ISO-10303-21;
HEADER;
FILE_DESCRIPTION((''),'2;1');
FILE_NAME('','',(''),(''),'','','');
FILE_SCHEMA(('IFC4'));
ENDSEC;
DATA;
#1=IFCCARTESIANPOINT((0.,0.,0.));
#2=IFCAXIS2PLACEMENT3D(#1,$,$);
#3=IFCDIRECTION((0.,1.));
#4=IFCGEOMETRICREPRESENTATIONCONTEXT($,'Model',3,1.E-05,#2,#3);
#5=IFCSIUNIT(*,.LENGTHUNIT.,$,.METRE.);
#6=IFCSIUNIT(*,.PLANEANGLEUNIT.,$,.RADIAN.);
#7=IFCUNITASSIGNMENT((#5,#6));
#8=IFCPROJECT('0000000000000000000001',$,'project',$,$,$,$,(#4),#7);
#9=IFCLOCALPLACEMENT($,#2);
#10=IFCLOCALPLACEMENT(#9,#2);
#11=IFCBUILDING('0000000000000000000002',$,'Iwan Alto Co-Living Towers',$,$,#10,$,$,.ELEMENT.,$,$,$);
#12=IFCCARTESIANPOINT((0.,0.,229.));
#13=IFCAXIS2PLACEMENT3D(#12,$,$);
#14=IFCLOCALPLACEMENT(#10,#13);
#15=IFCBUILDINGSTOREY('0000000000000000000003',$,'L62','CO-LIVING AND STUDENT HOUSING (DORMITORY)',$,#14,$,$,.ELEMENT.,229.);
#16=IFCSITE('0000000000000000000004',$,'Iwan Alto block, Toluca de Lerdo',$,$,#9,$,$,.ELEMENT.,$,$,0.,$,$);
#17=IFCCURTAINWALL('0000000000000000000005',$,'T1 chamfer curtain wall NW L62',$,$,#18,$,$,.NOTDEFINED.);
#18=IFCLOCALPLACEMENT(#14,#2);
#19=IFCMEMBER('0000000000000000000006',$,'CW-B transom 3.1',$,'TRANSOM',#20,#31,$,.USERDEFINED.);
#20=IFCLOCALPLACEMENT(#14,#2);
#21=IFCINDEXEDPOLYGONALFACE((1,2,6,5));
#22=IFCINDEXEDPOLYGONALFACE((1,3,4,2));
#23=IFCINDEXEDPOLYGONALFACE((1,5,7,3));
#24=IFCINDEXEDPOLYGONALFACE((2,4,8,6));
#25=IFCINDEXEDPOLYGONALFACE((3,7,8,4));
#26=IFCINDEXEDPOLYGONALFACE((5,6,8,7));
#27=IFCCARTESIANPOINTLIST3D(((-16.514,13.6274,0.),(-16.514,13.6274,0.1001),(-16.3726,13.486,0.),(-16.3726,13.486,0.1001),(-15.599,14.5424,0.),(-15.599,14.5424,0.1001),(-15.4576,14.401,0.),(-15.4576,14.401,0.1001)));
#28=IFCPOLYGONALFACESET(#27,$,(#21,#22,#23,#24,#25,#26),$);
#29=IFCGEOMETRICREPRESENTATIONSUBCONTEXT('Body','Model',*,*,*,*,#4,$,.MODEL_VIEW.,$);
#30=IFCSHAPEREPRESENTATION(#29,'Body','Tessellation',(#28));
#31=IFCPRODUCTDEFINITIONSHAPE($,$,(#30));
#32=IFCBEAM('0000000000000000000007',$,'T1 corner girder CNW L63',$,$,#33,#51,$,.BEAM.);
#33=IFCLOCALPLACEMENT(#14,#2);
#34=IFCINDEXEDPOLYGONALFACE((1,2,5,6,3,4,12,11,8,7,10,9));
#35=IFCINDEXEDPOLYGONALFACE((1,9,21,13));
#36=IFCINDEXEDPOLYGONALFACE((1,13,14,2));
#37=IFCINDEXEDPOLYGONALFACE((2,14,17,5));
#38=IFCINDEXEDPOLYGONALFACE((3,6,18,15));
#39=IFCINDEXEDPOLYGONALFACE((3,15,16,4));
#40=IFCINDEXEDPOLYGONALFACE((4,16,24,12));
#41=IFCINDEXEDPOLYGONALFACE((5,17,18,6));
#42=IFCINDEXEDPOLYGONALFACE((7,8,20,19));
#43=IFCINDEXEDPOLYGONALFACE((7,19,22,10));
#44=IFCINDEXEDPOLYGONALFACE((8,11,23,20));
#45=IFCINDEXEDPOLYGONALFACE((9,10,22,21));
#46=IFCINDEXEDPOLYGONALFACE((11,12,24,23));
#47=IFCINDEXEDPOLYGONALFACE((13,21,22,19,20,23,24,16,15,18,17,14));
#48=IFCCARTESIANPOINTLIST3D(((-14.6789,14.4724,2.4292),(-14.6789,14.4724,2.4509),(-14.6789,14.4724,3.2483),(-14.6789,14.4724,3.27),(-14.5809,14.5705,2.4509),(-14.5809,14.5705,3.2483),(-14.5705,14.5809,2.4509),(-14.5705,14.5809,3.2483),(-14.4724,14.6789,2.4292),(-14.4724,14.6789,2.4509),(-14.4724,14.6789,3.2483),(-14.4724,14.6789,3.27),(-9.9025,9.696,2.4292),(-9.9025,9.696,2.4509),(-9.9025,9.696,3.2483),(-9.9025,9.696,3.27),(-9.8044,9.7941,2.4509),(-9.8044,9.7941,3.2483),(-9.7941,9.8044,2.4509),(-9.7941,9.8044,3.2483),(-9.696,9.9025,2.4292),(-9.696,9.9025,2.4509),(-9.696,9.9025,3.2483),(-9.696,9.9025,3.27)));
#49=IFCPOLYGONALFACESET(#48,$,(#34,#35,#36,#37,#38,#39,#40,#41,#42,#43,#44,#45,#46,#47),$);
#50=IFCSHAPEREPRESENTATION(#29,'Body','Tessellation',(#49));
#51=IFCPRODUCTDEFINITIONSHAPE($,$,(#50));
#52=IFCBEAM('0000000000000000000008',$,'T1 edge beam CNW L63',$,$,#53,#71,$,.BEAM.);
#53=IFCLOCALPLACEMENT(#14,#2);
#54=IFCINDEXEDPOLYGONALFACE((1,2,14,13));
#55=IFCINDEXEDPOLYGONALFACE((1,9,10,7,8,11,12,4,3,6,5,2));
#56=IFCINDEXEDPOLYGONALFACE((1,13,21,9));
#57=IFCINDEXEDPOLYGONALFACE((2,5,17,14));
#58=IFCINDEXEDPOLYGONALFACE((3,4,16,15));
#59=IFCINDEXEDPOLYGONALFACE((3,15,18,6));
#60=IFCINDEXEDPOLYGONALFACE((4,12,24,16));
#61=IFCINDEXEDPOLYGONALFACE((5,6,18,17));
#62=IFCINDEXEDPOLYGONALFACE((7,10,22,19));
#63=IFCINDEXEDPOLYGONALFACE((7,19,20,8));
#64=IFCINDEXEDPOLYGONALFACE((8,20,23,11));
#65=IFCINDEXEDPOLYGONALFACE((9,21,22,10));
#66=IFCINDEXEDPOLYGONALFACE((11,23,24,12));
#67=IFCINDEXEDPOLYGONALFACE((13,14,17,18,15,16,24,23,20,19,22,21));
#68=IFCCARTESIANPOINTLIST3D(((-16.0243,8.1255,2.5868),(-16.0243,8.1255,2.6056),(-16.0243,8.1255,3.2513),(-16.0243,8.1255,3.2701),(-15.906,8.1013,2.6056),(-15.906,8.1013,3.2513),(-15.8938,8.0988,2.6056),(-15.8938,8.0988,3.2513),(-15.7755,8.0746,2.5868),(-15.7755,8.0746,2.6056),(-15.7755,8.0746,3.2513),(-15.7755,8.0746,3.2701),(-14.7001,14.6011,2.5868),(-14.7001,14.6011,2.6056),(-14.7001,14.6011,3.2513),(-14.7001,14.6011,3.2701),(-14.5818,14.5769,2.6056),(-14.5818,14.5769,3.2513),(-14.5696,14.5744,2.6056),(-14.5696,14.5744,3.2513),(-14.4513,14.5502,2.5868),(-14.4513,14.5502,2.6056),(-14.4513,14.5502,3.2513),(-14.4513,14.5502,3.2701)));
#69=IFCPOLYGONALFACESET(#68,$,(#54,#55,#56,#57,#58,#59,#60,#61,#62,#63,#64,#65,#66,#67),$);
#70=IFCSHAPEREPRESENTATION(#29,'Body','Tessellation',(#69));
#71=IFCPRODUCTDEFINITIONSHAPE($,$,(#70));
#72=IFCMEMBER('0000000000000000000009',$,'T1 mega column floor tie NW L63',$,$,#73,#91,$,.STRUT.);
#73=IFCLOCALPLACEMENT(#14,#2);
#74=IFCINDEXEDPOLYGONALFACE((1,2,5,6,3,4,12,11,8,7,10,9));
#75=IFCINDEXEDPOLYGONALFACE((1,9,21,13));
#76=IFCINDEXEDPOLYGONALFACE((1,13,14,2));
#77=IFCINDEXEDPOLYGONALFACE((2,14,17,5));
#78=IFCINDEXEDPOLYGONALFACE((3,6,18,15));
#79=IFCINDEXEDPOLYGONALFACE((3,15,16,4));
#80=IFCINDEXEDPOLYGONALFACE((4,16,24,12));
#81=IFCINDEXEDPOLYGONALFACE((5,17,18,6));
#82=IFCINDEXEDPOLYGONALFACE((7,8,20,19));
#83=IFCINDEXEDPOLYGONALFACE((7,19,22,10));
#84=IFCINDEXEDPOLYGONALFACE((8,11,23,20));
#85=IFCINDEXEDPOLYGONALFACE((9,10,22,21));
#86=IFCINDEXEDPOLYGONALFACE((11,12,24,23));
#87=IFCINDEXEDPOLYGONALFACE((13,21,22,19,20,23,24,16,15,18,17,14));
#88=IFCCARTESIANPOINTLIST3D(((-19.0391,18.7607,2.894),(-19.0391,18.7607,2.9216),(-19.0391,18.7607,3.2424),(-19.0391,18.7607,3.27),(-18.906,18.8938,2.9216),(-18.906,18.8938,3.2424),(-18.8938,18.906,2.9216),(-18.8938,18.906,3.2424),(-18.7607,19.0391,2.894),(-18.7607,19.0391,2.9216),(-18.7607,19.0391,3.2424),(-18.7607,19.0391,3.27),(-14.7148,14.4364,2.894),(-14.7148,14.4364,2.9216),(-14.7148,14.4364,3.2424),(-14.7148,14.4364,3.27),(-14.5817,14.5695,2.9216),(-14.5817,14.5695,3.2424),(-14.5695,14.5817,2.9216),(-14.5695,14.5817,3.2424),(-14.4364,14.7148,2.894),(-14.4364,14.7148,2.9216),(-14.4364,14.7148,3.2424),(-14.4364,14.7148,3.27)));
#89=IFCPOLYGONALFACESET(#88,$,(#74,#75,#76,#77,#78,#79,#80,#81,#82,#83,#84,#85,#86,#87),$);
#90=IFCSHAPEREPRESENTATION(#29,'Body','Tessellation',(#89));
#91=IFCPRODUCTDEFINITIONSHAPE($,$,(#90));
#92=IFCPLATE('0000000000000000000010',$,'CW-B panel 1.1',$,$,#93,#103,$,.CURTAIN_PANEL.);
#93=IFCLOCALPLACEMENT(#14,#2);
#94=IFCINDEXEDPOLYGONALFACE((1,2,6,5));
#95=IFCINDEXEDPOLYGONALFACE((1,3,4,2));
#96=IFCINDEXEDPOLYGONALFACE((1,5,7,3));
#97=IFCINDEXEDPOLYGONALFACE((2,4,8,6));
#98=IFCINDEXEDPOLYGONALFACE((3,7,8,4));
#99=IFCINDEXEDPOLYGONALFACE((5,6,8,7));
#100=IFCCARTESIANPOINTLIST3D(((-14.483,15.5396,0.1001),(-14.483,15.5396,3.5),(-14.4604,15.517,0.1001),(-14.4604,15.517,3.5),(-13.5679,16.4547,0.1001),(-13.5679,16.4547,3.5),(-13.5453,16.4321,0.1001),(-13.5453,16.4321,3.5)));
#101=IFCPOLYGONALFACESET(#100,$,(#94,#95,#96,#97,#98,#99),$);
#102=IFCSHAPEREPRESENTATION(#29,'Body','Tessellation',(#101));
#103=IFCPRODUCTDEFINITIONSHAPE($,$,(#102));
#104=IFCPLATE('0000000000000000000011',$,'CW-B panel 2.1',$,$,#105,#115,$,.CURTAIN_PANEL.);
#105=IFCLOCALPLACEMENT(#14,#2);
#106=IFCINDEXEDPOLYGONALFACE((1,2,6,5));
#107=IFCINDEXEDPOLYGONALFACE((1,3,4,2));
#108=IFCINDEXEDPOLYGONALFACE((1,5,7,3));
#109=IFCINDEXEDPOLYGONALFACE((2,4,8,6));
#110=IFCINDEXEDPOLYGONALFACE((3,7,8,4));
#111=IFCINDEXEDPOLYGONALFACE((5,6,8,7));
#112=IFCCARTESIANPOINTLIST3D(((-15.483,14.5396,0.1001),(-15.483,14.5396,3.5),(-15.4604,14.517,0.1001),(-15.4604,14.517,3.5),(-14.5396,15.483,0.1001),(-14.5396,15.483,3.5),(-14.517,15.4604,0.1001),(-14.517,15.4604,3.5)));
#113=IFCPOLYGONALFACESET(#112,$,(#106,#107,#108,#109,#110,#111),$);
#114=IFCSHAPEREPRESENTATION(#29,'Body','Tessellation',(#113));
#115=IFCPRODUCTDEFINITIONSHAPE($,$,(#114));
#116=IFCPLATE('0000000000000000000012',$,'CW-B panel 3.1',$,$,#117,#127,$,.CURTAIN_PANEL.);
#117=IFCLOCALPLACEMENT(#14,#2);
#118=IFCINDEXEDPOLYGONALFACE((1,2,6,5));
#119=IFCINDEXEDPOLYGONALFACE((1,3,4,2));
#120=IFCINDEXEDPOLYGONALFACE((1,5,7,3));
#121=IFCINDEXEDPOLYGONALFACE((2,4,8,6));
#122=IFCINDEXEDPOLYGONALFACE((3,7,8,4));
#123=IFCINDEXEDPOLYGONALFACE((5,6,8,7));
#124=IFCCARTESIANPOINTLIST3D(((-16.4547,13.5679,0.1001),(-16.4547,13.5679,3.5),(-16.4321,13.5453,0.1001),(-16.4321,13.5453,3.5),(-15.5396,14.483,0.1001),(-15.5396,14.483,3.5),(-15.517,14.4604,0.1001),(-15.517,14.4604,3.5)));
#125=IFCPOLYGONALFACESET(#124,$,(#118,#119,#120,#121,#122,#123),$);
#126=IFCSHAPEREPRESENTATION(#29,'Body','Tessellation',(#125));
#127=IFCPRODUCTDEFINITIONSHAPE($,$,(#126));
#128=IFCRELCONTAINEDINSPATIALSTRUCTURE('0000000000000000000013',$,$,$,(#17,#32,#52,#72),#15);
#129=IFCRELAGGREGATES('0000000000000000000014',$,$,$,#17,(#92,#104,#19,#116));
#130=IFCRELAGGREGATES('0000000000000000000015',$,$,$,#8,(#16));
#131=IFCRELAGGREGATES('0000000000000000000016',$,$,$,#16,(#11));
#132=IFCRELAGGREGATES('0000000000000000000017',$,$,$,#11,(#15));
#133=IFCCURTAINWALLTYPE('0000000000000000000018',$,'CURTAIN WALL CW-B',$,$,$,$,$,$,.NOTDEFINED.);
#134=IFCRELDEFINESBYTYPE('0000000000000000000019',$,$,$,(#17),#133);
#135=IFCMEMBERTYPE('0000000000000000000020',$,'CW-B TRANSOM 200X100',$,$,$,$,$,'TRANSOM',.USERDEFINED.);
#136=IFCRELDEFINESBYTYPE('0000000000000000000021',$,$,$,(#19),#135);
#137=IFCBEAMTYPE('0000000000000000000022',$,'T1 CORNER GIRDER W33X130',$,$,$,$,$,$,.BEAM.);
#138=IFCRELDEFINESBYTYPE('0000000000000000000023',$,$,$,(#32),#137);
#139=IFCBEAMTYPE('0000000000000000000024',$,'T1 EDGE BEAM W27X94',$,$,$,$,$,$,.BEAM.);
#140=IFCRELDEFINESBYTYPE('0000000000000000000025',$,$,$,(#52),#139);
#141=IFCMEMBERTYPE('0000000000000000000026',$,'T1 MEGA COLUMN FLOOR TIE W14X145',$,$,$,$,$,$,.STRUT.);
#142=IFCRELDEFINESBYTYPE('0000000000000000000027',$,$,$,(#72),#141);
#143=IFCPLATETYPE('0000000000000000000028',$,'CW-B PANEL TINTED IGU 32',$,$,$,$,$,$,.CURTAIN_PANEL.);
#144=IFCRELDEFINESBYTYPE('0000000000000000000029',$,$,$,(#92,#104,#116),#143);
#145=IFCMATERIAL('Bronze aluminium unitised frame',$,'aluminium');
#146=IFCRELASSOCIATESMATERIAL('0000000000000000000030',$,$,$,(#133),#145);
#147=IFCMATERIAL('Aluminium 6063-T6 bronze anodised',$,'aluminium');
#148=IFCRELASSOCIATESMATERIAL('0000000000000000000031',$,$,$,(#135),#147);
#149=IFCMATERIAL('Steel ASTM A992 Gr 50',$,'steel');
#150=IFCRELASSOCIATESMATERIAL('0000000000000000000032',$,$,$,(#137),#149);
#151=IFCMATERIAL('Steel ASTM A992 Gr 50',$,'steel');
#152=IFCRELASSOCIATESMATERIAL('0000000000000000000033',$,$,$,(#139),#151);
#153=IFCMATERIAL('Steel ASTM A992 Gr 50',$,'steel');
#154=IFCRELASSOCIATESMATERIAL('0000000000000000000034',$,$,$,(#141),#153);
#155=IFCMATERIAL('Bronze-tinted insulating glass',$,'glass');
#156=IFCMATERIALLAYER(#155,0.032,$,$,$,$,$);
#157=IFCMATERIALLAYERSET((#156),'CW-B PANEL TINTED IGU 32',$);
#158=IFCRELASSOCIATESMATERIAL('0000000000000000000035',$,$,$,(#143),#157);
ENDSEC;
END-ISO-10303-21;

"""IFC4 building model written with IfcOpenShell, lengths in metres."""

from ifc_helpers import new_model, si_unit, direction, frame, origin, origin_2d, place, context, subcontext, project, spatial, rectangle, i_section, extrude, material, layer, layer_set, material_profile, profile_set, type_object, element, aggregate, save


model = new_model("IFC4")

# Units and contexts
model_context = context("Model", 3, precision=1e-05, world=origin(), true_north=direction((0.0, 1.0)))
body_context = subcontext(model_context, "Body", "Model", "MODEL_VIEW")
ifc_project = project(units=[si_unit("LENGTHUNIT", "METRE"), si_unit("PLANEANGLEUNIT", "RADIAN")], contexts=[model_context])

# Site, building, storey
site_placement = place(None, origin())
site = spatial("IfcSite", under=ifc_project, at=site_placement, Name="Iwan Alto block, Toluca de Lerdo", CompositionType="ELEMENT", RefElevation=0.0)
building_placement = place(site_placement, origin())
building = spatial("IfcBuilding", under=site, at=building_placement, Name="Iwan Alto Co-Living Towers", CompositionType="ELEMENT")
storey_placement = place(building_placement, frame((0.0, 0.0, 229.0)))
storey = spatial("IfcBuildingStorey", under=building, at=storey_placement, Name="L62", Description="CO-LIVING AND STUDENT HOUSING (DORMITORY)", CompositionType="ELEMENT", Elevation=229.0)

# Curtain wall, member
ifc_material_1 = material(Name="Bronze aluminium unitised frame", Category="aluminium")
curtain_wall_type_1 = type_object("IfcCurtainWallType", Name="CURTAIN WALL CW-B", PredefinedType="NOTDEFINED", material=ifc_material_1)
curtain_wall_1_placement = place(storey_placement, origin())
curtain_wall_1 = element("IfcCurtainWall", 1, at=curtain_wall_1_placement, inside=storey, type_object=curtain_wall_type_1, Name="T1 chamfer curtain wall NW L62", PredefinedType="NOTDEFINED")
ifc_material_2 = material(Name="Aluminium 6063-T6 bronze anodised", Category="aluminium")
ifc_material_profile_1 = material_profile(ifc_material_2, rectangle(XDim=0.2, YDim=0.1001, at=origin_2d()), Name="AL 200X100")
ifc_profile_set_1 = profile_set([ifc_material_profile_1], Name="Aluminium 6063-T6 bronze anodised")
member_type_1 = type_object("IfcMemberType", Name="CW-B TRANSOM 200X100", ElementType="TRANSOM", PredefinedType="USERDEFINED", material=ifc_profile_set_1)
member_1_placement = place(storey_placement, frame((-15.5283, 14.4717, 0.05), z_axis=(-0.707107, -0.707107, 0.0), x_axis=(0.707107, -0.707107, 0.0)))
member_1 = element("IfcMember", 2, at=member_1_placement, type_object=member_type_1, Name="CW-B transom 3.1", ObjectType="TRANSOM", PredefinedType="USERDEFINED", context=body_context, shape_type="SweptSolid", body=[
    extrude(rectangle(XDim=0.2, YDim=0.1001, at=origin_2d()), origin(), (0.0, 0.0, 1.0), 1.2939),
])

# Beams
ifc_material_3 = material(Name="Steel ASTM A992 Gr 50", Category="steel")
ifc_material_profile_2 = material_profile(ifc_material_3, i_section(OverallWidth=0.292, OverallDepth=0.8408, WebThickness=0.0146, FlangeThickness=0.0217, at=origin_2d()), Name="W33X130")
ifc_profile_set_2 = profile_set([ifc_material_profile_2], Name="Steel ASTM A992 Gr 50")
beam_type_1 = type_object("IfcBeamType", Name="T1 CORNER GIRDER W33X130", PredefinedType="BEAM", material=ifc_profile_set_2)
beam_1_placement = place(storey_placement, frame((-14.5757, 14.5757, 2.8496), z_axis=(0.707107, -0.707107, 0.0), x_axis=(0.707107, 0.707107, 0.0)))
element("IfcBeam", 3, at=beam_1_placement, inside=storey, type_object=beam_type_1, Name="T1 corner girder CNW L63", PredefinedType="BEAM", context=body_context, shape_type="SweptSolid", body=[
    extrude(i_section(OverallWidth=0.292, OverallDepth=0.8408, WebThickness=0.0146, FlangeThickness=0.0217, at=origin_2d()), origin(), (0.0, 0.0, 1.0), 6.7549),
])
ifc_material_4 = material(Name="Steel ASTM A992 Gr 50", Category="steel")
ifc_material_profile_3 = material_profile(ifc_material_4, i_section(OverallWidth=0.2539, OverallDepth=0.6833, WebThickness=0.0125, FlangeThickness=0.0188, at=origin_2d()), Name="W27X94")
ifc_profile_set_3 = profile_set([ifc_material_profile_3], Name="Steel ASTM A992 Gr 50")
beam_type_2 = type_object("IfcBeamType", Name="T1 EDGE BEAM W27X94", PredefinedType="BEAM", material=ifc_profile_set_3)
beam_2_placement = place(storey_placement, frame((-14.5757, 14.5757, 2.9285), z_axis=(-0.200348, -0.979725, 0.0), x_axis=(0.979725, -0.200348, 0.0)))
element("IfcBeam", 4, at=beam_2_placement, inside=storey, type_object=beam_type_2, Name="T1 edge beam CNW L63", PredefinedType="BEAM", context=body_context, shape_type="SweptSolid", body=[
    extrude(i_section(OverallWidth=0.2539, OverallDepth=0.6833, WebThickness=0.0125, FlangeThickness=0.0188, at=origin_2d()), origin(), (0.0, 0.0, 1.0), 6.6096),
])

# Member
ifc_material_5 = material(Name="Steel ASTM A992 Gr 50", Category="steel")
ifc_material_profile_4 = material_profile(ifc_material_5, i_section(OverallWidth=0.3938, OverallDepth=0.376, WebThickness=0.0173, FlangeThickness=0.0276, at=origin_2d()), Name="W14X145")
ifc_profile_set_4 = profile_set([ifc_material_profile_4], Name="Steel ASTM A992 Gr 50")
member_type_2 = type_object("IfcMemberType", Name="T1 MEGA COLUMN FLOOR TIE W14X145", PredefinedType="STRUT", material=ifc_profile_set_4)
member_2_placement = place(storey_placement, frame((-18.8999, 18.8999, 3.082), z_axis=(0.707107, -0.707107, 0.0), x_axis=(0.707107, 0.707107, 0.0)))
element("IfcMember", 5, at=member_2_placement, inside=storey, type_object=member_type_2, Name="T1 mega column floor tie NW L63", PredefinedType="STRUT", context=body_context, shape_type="SweptSolid", body=[
    extrude(i_section(OverallWidth=0.3938, OverallDepth=0.376, WebThickness=0.0173, FlangeThickness=0.0276, at=origin_2d()), origin(), (0.0, 0.0, 1.0), 6.1155),
])

# Plates
ifc_material_6 = material(Name="Bronze-tinted insulating glass", Category="glass")
ifc_layer_1 = layer(ifc_material_6, 0.032)
ifc_layer_set_1 = layer_set([ifc_layer_1], Name="CW-B PANEL TINTED IGU 32")
plate_type = type_object("IfcPlateType", Name="CW-B PANEL TINTED IGU 32", PredefinedType="CURTAIN_PANEL", material=ifc_layer_set_1)
plate_1_placement = place(storey_placement, frame((-14.0142, 15.9858, 0.1001), z_axis=(0.0, 0.0, 1.0), x_axis=(-0.707107, -0.707107, 0.0)))
plate_1 = element("IfcPlate", 6, at=plate_1_placement, type_object=plate_type, Name="CW-B panel 1.1", PredefinedType="CURTAIN_PANEL", context=body_context, shape_type="SweptSolid", body=[
    extrude(rectangle(XDim=1.2942, YDim=0.032, at=origin_2d()), origin(), (0.0, 0.0, 1.0), 3.3999),
])
plate_2_placement = place(storey_placement, frame((-15.0, 15.0, 0.1001), z_axis=(0.0, 0.0, 1.0), x_axis=(-0.707107, -0.707107, 0.0)))
plate_2 = element("IfcPlate", 7, at=plate_2_placement, type_object=plate_type, Name="CW-B panel 2.1", PredefinedType="CURTAIN_PANEL", context=body_context, shape_type="SweptSolid", body=[
    extrude(rectangle(XDim=1.3342, YDim=0.032, at=origin_2d()), origin(), (0.0, 0.0, 1.0), 3.3999),
])
plate_3_placement = place(storey_placement, frame((-15.9858, 14.0142, 0.1001), z_axis=(0.0, 0.0, 1.0), x_axis=(-0.707107, -0.707107, 0.0)))
plate_3 = element("IfcPlate", 8, at=plate_3_placement, type_object=plate_type, Name="CW-B panel 3.1", PredefinedType="CURTAIN_PANEL", context=body_context, shape_type="SweptSolid", body=[
    extrude(rectangle(XDim=1.2942, YDim=0.032, at=origin_2d()), origin(), (0.0, 0.0, 1.0), 3.3999),
])
aggregate(curtain_wall_1, [plate_1, plate_2, member_1, plate_3])

save(model, "model.ifc")
